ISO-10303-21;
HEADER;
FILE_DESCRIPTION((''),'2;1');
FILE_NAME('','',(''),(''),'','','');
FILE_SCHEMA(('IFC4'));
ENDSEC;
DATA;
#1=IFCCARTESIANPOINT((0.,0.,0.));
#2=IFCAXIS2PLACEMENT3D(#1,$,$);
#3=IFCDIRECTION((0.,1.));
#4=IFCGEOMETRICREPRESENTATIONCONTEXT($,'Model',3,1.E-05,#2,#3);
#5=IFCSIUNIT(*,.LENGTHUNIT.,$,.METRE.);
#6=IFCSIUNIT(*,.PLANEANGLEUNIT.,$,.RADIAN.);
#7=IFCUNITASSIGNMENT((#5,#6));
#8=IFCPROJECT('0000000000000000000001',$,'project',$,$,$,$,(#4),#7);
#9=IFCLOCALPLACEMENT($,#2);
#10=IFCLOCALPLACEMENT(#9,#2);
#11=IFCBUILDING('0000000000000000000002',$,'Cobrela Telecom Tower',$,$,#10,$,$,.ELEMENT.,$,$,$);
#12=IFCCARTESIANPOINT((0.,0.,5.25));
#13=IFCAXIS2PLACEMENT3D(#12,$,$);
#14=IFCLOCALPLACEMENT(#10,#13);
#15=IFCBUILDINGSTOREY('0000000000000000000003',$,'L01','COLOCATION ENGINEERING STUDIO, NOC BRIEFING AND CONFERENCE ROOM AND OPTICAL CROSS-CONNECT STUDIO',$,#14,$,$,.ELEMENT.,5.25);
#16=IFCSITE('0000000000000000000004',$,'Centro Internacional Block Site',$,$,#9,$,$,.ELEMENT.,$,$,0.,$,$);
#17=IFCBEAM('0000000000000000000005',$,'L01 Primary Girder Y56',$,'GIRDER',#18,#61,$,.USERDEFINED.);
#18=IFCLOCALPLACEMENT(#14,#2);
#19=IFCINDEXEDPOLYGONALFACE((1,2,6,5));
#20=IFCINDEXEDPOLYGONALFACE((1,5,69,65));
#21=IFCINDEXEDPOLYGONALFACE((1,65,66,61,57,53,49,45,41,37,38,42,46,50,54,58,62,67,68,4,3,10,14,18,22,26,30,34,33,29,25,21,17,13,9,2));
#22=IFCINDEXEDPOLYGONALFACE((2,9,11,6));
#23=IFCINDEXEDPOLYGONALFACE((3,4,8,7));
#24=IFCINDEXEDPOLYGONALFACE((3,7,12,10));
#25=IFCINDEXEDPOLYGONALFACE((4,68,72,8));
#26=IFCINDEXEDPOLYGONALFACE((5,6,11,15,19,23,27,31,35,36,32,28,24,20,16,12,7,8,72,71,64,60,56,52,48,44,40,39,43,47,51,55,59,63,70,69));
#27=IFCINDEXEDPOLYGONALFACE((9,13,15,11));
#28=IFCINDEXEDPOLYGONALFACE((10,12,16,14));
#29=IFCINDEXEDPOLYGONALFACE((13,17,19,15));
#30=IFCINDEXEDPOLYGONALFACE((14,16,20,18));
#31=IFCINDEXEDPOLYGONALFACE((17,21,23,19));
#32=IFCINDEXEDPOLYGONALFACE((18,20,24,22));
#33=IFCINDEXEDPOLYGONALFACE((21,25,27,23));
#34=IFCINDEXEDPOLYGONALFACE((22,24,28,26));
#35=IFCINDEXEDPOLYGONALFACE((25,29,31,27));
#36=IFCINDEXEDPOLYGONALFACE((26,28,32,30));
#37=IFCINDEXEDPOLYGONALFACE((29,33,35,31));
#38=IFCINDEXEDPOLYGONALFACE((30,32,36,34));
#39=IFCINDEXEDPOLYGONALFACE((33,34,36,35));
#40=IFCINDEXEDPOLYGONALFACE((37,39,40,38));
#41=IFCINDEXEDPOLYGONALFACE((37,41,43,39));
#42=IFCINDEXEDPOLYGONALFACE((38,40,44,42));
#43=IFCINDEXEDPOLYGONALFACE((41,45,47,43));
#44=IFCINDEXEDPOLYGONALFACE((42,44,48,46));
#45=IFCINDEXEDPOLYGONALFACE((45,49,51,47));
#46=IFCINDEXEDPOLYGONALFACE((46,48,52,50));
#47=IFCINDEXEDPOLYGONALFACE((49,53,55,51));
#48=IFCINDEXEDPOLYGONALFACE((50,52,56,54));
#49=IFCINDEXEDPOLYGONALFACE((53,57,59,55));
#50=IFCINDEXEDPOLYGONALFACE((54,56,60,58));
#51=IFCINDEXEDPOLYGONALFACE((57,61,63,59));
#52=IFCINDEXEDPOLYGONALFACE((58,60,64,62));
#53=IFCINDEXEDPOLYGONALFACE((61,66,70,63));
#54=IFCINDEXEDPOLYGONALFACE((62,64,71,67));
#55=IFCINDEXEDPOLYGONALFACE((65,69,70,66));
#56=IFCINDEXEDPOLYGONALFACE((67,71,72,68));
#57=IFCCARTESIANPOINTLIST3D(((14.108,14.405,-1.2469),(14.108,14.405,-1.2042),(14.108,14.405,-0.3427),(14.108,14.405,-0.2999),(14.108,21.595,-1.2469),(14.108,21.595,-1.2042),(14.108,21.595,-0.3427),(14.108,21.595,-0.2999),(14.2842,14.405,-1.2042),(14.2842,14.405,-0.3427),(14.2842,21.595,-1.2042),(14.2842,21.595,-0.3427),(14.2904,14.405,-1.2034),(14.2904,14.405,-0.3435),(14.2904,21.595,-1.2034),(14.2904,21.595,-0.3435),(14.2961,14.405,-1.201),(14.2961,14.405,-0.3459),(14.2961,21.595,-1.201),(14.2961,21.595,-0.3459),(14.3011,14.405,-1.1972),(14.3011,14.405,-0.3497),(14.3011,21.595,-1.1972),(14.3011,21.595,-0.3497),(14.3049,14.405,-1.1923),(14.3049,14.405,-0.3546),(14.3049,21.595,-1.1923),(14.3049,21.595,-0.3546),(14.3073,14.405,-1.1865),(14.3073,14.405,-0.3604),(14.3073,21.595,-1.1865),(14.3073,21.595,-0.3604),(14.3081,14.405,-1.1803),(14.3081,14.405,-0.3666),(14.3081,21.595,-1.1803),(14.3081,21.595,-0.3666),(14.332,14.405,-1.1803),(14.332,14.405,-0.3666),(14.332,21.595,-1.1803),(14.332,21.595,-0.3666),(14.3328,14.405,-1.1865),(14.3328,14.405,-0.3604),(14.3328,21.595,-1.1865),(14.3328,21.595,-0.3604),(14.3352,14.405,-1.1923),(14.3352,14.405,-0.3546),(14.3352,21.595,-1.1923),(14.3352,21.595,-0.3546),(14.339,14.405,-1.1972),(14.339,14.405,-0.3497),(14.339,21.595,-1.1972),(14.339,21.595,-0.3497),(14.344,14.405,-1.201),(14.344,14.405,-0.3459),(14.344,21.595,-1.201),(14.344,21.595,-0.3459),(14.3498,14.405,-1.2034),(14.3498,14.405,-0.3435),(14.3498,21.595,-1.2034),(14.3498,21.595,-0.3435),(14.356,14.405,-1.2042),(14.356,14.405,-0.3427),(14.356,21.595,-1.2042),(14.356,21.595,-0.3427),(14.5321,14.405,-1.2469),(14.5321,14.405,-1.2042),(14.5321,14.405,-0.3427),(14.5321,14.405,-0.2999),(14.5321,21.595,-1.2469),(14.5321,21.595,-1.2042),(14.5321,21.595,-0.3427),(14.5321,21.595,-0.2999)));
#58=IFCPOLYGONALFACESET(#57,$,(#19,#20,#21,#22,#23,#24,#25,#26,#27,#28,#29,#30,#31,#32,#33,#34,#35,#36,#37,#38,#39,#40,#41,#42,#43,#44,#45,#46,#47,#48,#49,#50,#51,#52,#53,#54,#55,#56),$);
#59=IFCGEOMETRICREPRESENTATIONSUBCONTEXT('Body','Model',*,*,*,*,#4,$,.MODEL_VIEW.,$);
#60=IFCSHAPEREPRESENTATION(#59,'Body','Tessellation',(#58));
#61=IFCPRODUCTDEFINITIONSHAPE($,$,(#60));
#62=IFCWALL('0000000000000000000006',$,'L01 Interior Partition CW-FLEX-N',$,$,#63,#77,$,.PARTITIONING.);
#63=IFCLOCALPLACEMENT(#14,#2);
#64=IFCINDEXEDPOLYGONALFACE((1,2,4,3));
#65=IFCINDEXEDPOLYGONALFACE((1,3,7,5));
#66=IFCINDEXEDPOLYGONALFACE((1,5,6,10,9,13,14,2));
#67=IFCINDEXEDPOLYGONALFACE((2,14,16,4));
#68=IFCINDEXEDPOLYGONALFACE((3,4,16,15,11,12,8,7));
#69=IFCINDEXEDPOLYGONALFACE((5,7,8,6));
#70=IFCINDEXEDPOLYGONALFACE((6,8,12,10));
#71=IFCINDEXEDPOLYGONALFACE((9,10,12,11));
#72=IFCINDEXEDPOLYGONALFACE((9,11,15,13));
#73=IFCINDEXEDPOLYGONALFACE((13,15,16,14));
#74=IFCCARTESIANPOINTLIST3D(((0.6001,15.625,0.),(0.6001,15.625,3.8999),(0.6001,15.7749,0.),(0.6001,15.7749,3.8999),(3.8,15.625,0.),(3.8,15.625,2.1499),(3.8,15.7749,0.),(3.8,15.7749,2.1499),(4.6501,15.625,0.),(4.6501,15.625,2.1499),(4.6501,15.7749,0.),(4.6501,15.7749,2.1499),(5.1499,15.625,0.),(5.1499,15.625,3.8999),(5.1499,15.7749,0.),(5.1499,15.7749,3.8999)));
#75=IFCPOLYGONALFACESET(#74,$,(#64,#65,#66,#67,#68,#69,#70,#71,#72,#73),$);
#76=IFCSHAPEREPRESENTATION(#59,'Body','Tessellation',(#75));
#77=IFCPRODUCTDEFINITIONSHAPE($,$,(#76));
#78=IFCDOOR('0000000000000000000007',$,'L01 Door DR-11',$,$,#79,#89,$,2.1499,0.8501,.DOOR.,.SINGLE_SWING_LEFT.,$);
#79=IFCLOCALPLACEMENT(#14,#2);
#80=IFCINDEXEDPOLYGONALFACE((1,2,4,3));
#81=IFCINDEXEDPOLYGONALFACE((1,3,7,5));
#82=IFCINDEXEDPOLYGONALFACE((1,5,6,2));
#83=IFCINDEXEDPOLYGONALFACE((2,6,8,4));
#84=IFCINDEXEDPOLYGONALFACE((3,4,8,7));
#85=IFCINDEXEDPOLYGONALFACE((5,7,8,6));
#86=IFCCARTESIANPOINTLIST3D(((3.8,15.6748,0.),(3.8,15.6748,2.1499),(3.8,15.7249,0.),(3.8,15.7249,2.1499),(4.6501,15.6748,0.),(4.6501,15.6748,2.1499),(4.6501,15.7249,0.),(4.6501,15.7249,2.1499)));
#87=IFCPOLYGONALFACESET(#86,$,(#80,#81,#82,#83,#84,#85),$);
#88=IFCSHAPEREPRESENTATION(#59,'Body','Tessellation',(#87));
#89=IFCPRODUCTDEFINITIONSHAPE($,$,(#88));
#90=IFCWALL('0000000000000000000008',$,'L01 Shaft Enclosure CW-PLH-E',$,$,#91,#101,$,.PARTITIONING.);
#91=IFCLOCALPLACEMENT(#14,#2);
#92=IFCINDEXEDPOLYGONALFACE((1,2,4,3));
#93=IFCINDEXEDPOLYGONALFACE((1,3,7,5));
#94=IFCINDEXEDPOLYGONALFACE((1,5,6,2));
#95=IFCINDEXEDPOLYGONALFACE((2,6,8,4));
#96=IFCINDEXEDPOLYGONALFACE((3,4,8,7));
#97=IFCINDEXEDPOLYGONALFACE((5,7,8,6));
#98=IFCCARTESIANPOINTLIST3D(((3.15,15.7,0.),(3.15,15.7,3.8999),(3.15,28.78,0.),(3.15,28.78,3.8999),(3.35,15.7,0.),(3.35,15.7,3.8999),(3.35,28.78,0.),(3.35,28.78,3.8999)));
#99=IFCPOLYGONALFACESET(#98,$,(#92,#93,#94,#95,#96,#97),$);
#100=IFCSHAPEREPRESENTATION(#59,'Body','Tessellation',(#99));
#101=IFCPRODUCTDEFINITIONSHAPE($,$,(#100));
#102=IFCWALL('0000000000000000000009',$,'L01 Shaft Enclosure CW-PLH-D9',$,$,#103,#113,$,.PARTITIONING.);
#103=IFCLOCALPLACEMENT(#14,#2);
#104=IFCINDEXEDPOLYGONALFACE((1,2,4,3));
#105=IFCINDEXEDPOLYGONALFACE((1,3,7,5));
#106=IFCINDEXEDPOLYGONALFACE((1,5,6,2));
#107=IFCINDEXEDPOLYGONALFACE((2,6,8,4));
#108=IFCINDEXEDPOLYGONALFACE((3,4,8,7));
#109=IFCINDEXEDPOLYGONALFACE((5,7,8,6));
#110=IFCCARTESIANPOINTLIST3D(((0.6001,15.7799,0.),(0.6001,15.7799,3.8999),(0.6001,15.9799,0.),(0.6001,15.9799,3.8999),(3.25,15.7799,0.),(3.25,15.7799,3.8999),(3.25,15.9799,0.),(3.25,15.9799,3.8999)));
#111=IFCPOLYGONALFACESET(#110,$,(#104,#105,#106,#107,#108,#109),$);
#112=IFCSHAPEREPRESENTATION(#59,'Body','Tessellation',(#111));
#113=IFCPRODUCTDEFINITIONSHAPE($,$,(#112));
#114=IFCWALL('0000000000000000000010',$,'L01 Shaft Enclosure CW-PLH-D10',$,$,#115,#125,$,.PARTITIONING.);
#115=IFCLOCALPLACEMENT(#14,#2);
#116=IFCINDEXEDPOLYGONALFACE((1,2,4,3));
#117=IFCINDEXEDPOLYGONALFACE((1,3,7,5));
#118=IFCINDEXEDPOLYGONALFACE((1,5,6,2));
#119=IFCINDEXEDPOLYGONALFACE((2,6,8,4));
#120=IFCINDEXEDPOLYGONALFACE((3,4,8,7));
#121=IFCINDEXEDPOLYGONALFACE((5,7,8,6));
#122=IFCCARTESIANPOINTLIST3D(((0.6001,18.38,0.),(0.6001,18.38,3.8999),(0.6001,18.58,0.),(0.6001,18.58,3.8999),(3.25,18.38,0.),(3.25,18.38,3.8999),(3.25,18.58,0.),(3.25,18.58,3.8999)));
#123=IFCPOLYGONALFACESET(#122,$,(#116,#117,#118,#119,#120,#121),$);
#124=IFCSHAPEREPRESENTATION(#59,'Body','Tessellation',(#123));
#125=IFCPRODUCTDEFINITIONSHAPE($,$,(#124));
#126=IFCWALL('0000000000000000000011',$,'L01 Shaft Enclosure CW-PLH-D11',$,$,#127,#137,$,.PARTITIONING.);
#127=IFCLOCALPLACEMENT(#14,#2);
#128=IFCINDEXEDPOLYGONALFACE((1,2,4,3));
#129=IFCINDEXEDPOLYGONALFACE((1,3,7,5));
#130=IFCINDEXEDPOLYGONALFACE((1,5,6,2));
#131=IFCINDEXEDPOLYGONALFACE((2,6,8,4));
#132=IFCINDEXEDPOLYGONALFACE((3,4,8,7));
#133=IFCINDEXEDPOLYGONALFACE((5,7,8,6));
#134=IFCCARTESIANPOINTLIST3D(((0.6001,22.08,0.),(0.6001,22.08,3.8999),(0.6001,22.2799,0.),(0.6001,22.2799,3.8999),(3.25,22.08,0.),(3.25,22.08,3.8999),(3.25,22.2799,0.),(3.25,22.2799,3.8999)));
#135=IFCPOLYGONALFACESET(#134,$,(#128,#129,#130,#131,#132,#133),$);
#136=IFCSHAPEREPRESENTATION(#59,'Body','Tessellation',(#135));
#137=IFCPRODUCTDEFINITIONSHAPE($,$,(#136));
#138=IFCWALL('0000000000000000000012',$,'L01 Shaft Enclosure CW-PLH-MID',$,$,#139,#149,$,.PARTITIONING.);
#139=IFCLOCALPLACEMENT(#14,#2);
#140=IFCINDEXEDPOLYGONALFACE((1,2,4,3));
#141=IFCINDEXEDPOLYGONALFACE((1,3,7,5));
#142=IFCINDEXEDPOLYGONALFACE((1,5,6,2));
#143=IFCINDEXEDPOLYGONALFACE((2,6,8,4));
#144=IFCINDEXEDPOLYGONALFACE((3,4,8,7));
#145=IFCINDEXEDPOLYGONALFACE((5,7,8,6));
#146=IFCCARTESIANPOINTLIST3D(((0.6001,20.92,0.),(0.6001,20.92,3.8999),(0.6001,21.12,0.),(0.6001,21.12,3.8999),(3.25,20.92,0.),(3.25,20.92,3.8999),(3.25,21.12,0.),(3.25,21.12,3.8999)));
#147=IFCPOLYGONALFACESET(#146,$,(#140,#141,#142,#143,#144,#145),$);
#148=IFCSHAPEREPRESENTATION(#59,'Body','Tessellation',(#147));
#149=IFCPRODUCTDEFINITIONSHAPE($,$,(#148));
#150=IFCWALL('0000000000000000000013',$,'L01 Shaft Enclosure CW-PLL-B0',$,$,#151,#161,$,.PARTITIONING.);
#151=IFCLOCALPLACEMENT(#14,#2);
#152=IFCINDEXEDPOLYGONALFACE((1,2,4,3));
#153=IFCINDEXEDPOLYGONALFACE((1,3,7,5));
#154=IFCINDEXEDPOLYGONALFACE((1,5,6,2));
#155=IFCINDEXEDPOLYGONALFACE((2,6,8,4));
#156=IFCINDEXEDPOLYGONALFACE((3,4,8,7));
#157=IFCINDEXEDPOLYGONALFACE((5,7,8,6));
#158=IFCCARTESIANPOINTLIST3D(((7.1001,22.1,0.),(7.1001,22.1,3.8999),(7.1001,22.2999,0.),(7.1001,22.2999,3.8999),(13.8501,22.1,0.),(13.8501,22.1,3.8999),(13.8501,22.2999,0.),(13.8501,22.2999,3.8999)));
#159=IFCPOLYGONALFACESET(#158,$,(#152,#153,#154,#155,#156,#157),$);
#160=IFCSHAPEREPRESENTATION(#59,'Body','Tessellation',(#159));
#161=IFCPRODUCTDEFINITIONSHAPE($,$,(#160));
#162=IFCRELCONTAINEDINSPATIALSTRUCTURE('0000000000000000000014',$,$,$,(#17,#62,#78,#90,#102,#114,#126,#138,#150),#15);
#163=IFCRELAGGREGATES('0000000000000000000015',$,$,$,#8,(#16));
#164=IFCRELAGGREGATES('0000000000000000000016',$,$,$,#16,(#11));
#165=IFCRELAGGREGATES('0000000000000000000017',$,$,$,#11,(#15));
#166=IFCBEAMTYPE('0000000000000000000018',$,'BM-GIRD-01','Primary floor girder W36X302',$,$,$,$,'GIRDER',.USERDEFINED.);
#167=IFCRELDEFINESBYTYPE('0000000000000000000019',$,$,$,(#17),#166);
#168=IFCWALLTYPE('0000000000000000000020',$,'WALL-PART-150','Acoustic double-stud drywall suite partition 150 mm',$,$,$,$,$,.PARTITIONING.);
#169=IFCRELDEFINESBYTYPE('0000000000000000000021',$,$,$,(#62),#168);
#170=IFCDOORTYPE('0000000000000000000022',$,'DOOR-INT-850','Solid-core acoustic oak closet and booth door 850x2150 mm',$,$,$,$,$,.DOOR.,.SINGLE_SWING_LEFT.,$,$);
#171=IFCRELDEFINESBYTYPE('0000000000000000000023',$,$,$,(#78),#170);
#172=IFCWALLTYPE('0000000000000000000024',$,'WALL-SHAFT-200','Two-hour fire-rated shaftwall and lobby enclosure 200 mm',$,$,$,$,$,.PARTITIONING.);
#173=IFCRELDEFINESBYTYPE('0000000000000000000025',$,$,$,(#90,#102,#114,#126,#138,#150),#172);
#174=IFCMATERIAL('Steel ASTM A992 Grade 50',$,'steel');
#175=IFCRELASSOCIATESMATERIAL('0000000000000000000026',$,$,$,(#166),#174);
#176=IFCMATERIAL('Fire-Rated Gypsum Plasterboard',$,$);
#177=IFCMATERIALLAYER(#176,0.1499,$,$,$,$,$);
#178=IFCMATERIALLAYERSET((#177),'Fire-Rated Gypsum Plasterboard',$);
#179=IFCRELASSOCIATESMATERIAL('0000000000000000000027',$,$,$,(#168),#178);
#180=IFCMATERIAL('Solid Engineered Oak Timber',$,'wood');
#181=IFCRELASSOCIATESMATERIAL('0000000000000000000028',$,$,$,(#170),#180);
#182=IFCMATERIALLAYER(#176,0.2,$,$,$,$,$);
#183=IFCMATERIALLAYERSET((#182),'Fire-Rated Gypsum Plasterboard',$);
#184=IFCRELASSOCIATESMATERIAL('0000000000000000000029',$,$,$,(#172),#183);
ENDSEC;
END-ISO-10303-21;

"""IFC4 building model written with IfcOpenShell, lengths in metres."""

from ifc_helpers import new_model, si_unit, direction, frame, frame_2d, origin, origin_2d, place, context, subcontext, project, spatial, rectangle, i_section, extrude, material, layer, layer_set, material_profile, profile_set, type_object, element, fill, save


model = new_model("IFC4")

# Units and contexts
model_context = context("Model", 3, precision=1e-05, world=origin(), true_north=direction((0.0, 1.0)))
body_context = subcontext(model_context, "Body", "Model", "MODEL_VIEW")
ifc_project = project(units=[si_unit("LENGTHUNIT", "METRE"), si_unit("PLANEANGLEUNIT", "RADIAN")], contexts=[model_context])

# Site, building, storey
site_placement = place(None, origin())
site = spatial("IfcSite", under=ifc_project, at=site_placement, Name="Centro Internacional Block Site", CompositionType="ELEMENT", RefElevation=0.0)
building_placement = place(site_placement, origin())
building = spatial("IfcBuilding", under=site, at=building_placement, Name="Cobrela Telecom Tower", CompositionType="ELEMENT")
storey_placement = place(building_placement, frame((0.0, 0.0, 5.25)))
storey = spatial("IfcBuildingStorey", under=building, at=storey_placement, Name="L01", Description="COLOCATION ENGINEERING STUDIO, NOC BRIEFING AND CONFERENCE ROOM AND OPTICAL CROSS-CONNECT STUDIO", CompositionType="ELEMENT", Elevation=5.25)

# Beam
ifc_material_1 = material(Name="Steel ASTM A992 Grade 50", Category="steel")
ifc_material_profile = material_profile(ifc_material_1, i_section(OverallWidth=0.4241, OverallDepth=0.947, WebThickness=0.0239, FlangeThickness=0.0427, FilletRadius=0.0239, at=origin_2d()), Name="W36X302")
ifc_profile_set = profile_set([ifc_material_profile], Name="Steel ASTM A992 Grade 50")
beam_type = type_object("IfcBeamType", Name="BM-GIRD-01", Description="Primary floor girder W36X302", ElementType="GIRDER", PredefinedType="USERDEFINED", material=ifc_profile_set)
beam_placement = place(storey_placement, frame((14.3201, 14.405, -0.7734), z_axis=(0.0, 1.0, 0.0), x_axis=(-1.0, 0.0, 0.0)))
element("IfcBeam", 1, at=beam_placement, inside=storey, type_object=beam_type, Name="L01 Primary Girder Y56", ObjectType="GIRDER", PredefinedType="USERDEFINED", context=body_context, shape_type="SweptSolid", body=[
    extrude(i_section(OverallWidth=0.4241, OverallDepth=0.947, WebThickness=0.0239, FlangeThickness=0.0427, FilletRadius=0.0239, at=origin_2d()), origin(), (0.0, 0.0, 1.0), 7.1899),
])

# Wall, opening, door
ifc_material_2 = material(Name="Fire-Rated Gypsum Plasterboard")
ifc_layer_1 = layer(ifc_material_2, 0.1499)
ifc_layer_set_1 = layer_set([ifc_layer_1], Name="Fire-Rated Gypsum Plasterboard")
wall_type_1 = type_object("IfcWallType", Name="WALL-PART-150", Description="Acoustic double-stud drywall suite partition 150 mm", PredefinedType="PARTITIONING", material=ifc_layer_set_1)
wall_1_placement = place(storey_placement, frame((0.6001, 15.7, 0.0), z_axis=(0.0, 0.0, 1.0), x_axis=(1.0, 0.0, 0.0)))
wall_1 = element("IfcWall", 2, at=wall_1_placement, inside=storey, type_object=wall_type_1, Name="L01 Interior Partition CW-FLEX-N", PredefinedType="PARTITIONING", context=body_context, shape_type="SweptSolid", body=[
    extrude(rectangle(XDim=4.5498, YDim=0.1499, at=frame_2d((2.2749, 0.0))), origin(), (0.0, 0.0, 1.0), 3.8999),
])
opening_1_placement = place(wall_1_placement, frame((3.2, 0.0, 0.0)))
opening_1 = element("IfcOpeningElement", 3, at=opening_1_placement, cuts=wall_1, PredefinedType="OPENING", context=body_context, shape_type="SweptSolid", body=[
    extrude(rectangle(XDim=0.8501, YDim=2.1499, at=frame_2d((0.425, 1.075))), frame((0.0, 0.0869, 0.0), z_axis=(0.0, -1.0, 0.0), x_axis=(1.0, 0.0, 0.0)), (0.0, 0.0, 1.0), 0.1738),
])
ifc_material_3 = material(Name="Solid Engineered Oak Timber", Category="wood")
door_type_1 = type_object("IfcDoorType", Name="DOOR-INT-850", Description="Solid-core acoustic oak closet and booth door 850x2150 mm", OperationType="SINGLE_SWING_LEFT", PredefinedType="DOOR", material=ifc_material_3)
door_1_placement = place(opening_1_placement, origin())
door_1 = element("IfcDoor", 4, at=door_1_placement, inside=storey, type_object=door_type_1, Name="L01 Door DR-11", OperationType="SINGLE_SWING_LEFT", OverallHeight=2.1499, OverallWidth=0.8501, PredefinedType="DOOR", context=body_context, shape_type="SweptSolid", body=[
    extrude(rectangle(XDim=0.8501, YDim=2.1499, at=frame_2d((0.425, 1.075))), frame((0.0, 0.0249, 0.0), z_axis=(0.0, -1.0, 0.0), x_axis=(1.0, 0.0, 0.0)), (0.0, 0.0, 1.0), 0.05),
])
fill(opening_1, door_1)

# Walls
ifc_layer_2 = layer(ifc_material_2, 0.2)
ifc_layer_set_2 = layer_set([ifc_layer_2], Name="Fire-Rated Gypsum Plasterboard")
wall_type_2 = type_object("IfcWallType", Name="WALL-SHAFT-200", Description="Two-hour fire-rated shaftwall and lobby enclosure 200 mm", PredefinedType="PARTITIONING", material=ifc_layer_set_2)
wall_2_placement = place(storey_placement, frame((3.25, 15.7, 0.0), z_axis=(0.0, 0.0, 1.0), x_axis=(0.0, 1.0, 0.0)))
element("IfcWall", 5, at=wall_2_placement, inside=storey, type_object=wall_type_2, Name="L01 Shaft Enclosure CW-PLH-E", PredefinedType="PARTITIONING", context=body_context, shape_type="SweptSolid", body=[
    extrude(rectangle(XDim=13.0801, YDim=0.2, at=frame_2d((6.54, 0.0))), origin(), (0.0, 0.0, 1.0), 3.8999),
])
for number, where, z_axis, x_axis, name in (
    (6, (0.6001, 15.8799, 0.0), (0.0, 0.0, 1.0), (1.0, 0.0, 0.0), "L01 Shaft Enclosure CW-PLH-D9"),
    (7, (0.6001, 18.48, 0.0), (0.0, 0.0, 1.0), (1.0, 0.0, 0.0), "L01 Shaft Enclosure CW-PLH-D10"),
    (8, (0.6001, 22.1799, 0.0), (0.0, 0.0, 1.0), (1.0, 0.0, 0.0), "L01 Shaft Enclosure CW-PLH-D11"),
    (9, (0.6001, 21.02, 0.0), (0.0, 0.0, 1.0), (1.0, 0.0, 0.0), "L01 Shaft Enclosure CW-PLH-MID"),
):
    element("IfcWall", number, at=place(storey_placement, frame(where, z_axis=z_axis, x_axis=x_axis)), inside=storey, type_object=wall_type_2, Name=name, PredefinedType="PARTITIONING", context=body_context, shape_type="SweptSolid", body=[
        extrude(rectangle(XDim=2.6499, YDim=0.2, at=frame_2d((1.325, 0.0))), origin(), (0.0, 0.0, 1.0), 3.8999),
    ])
wall_3_placement = place(storey_placement, frame((7.1001, 22.2, 0.0), z_axis=(0.0, 0.0, 1.0), x_axis=(1.0, 0.0, 0.0)))
element("IfcWall", 10, at=wall_3_placement, inside=storey, type_object=wall_type_2, Name="L01 Shaft Enclosure CW-PLL-B0", PredefinedType="PARTITIONING", context=body_context, shape_type="SweptSolid", body=[
    extrude(rectangle(XDim=6.75, YDim=0.2, at=frame_2d((3.375, 0.0))), origin(), (0.0, 0.0, 1.0), 3.8999),
])

save(model, "model.ifc")
